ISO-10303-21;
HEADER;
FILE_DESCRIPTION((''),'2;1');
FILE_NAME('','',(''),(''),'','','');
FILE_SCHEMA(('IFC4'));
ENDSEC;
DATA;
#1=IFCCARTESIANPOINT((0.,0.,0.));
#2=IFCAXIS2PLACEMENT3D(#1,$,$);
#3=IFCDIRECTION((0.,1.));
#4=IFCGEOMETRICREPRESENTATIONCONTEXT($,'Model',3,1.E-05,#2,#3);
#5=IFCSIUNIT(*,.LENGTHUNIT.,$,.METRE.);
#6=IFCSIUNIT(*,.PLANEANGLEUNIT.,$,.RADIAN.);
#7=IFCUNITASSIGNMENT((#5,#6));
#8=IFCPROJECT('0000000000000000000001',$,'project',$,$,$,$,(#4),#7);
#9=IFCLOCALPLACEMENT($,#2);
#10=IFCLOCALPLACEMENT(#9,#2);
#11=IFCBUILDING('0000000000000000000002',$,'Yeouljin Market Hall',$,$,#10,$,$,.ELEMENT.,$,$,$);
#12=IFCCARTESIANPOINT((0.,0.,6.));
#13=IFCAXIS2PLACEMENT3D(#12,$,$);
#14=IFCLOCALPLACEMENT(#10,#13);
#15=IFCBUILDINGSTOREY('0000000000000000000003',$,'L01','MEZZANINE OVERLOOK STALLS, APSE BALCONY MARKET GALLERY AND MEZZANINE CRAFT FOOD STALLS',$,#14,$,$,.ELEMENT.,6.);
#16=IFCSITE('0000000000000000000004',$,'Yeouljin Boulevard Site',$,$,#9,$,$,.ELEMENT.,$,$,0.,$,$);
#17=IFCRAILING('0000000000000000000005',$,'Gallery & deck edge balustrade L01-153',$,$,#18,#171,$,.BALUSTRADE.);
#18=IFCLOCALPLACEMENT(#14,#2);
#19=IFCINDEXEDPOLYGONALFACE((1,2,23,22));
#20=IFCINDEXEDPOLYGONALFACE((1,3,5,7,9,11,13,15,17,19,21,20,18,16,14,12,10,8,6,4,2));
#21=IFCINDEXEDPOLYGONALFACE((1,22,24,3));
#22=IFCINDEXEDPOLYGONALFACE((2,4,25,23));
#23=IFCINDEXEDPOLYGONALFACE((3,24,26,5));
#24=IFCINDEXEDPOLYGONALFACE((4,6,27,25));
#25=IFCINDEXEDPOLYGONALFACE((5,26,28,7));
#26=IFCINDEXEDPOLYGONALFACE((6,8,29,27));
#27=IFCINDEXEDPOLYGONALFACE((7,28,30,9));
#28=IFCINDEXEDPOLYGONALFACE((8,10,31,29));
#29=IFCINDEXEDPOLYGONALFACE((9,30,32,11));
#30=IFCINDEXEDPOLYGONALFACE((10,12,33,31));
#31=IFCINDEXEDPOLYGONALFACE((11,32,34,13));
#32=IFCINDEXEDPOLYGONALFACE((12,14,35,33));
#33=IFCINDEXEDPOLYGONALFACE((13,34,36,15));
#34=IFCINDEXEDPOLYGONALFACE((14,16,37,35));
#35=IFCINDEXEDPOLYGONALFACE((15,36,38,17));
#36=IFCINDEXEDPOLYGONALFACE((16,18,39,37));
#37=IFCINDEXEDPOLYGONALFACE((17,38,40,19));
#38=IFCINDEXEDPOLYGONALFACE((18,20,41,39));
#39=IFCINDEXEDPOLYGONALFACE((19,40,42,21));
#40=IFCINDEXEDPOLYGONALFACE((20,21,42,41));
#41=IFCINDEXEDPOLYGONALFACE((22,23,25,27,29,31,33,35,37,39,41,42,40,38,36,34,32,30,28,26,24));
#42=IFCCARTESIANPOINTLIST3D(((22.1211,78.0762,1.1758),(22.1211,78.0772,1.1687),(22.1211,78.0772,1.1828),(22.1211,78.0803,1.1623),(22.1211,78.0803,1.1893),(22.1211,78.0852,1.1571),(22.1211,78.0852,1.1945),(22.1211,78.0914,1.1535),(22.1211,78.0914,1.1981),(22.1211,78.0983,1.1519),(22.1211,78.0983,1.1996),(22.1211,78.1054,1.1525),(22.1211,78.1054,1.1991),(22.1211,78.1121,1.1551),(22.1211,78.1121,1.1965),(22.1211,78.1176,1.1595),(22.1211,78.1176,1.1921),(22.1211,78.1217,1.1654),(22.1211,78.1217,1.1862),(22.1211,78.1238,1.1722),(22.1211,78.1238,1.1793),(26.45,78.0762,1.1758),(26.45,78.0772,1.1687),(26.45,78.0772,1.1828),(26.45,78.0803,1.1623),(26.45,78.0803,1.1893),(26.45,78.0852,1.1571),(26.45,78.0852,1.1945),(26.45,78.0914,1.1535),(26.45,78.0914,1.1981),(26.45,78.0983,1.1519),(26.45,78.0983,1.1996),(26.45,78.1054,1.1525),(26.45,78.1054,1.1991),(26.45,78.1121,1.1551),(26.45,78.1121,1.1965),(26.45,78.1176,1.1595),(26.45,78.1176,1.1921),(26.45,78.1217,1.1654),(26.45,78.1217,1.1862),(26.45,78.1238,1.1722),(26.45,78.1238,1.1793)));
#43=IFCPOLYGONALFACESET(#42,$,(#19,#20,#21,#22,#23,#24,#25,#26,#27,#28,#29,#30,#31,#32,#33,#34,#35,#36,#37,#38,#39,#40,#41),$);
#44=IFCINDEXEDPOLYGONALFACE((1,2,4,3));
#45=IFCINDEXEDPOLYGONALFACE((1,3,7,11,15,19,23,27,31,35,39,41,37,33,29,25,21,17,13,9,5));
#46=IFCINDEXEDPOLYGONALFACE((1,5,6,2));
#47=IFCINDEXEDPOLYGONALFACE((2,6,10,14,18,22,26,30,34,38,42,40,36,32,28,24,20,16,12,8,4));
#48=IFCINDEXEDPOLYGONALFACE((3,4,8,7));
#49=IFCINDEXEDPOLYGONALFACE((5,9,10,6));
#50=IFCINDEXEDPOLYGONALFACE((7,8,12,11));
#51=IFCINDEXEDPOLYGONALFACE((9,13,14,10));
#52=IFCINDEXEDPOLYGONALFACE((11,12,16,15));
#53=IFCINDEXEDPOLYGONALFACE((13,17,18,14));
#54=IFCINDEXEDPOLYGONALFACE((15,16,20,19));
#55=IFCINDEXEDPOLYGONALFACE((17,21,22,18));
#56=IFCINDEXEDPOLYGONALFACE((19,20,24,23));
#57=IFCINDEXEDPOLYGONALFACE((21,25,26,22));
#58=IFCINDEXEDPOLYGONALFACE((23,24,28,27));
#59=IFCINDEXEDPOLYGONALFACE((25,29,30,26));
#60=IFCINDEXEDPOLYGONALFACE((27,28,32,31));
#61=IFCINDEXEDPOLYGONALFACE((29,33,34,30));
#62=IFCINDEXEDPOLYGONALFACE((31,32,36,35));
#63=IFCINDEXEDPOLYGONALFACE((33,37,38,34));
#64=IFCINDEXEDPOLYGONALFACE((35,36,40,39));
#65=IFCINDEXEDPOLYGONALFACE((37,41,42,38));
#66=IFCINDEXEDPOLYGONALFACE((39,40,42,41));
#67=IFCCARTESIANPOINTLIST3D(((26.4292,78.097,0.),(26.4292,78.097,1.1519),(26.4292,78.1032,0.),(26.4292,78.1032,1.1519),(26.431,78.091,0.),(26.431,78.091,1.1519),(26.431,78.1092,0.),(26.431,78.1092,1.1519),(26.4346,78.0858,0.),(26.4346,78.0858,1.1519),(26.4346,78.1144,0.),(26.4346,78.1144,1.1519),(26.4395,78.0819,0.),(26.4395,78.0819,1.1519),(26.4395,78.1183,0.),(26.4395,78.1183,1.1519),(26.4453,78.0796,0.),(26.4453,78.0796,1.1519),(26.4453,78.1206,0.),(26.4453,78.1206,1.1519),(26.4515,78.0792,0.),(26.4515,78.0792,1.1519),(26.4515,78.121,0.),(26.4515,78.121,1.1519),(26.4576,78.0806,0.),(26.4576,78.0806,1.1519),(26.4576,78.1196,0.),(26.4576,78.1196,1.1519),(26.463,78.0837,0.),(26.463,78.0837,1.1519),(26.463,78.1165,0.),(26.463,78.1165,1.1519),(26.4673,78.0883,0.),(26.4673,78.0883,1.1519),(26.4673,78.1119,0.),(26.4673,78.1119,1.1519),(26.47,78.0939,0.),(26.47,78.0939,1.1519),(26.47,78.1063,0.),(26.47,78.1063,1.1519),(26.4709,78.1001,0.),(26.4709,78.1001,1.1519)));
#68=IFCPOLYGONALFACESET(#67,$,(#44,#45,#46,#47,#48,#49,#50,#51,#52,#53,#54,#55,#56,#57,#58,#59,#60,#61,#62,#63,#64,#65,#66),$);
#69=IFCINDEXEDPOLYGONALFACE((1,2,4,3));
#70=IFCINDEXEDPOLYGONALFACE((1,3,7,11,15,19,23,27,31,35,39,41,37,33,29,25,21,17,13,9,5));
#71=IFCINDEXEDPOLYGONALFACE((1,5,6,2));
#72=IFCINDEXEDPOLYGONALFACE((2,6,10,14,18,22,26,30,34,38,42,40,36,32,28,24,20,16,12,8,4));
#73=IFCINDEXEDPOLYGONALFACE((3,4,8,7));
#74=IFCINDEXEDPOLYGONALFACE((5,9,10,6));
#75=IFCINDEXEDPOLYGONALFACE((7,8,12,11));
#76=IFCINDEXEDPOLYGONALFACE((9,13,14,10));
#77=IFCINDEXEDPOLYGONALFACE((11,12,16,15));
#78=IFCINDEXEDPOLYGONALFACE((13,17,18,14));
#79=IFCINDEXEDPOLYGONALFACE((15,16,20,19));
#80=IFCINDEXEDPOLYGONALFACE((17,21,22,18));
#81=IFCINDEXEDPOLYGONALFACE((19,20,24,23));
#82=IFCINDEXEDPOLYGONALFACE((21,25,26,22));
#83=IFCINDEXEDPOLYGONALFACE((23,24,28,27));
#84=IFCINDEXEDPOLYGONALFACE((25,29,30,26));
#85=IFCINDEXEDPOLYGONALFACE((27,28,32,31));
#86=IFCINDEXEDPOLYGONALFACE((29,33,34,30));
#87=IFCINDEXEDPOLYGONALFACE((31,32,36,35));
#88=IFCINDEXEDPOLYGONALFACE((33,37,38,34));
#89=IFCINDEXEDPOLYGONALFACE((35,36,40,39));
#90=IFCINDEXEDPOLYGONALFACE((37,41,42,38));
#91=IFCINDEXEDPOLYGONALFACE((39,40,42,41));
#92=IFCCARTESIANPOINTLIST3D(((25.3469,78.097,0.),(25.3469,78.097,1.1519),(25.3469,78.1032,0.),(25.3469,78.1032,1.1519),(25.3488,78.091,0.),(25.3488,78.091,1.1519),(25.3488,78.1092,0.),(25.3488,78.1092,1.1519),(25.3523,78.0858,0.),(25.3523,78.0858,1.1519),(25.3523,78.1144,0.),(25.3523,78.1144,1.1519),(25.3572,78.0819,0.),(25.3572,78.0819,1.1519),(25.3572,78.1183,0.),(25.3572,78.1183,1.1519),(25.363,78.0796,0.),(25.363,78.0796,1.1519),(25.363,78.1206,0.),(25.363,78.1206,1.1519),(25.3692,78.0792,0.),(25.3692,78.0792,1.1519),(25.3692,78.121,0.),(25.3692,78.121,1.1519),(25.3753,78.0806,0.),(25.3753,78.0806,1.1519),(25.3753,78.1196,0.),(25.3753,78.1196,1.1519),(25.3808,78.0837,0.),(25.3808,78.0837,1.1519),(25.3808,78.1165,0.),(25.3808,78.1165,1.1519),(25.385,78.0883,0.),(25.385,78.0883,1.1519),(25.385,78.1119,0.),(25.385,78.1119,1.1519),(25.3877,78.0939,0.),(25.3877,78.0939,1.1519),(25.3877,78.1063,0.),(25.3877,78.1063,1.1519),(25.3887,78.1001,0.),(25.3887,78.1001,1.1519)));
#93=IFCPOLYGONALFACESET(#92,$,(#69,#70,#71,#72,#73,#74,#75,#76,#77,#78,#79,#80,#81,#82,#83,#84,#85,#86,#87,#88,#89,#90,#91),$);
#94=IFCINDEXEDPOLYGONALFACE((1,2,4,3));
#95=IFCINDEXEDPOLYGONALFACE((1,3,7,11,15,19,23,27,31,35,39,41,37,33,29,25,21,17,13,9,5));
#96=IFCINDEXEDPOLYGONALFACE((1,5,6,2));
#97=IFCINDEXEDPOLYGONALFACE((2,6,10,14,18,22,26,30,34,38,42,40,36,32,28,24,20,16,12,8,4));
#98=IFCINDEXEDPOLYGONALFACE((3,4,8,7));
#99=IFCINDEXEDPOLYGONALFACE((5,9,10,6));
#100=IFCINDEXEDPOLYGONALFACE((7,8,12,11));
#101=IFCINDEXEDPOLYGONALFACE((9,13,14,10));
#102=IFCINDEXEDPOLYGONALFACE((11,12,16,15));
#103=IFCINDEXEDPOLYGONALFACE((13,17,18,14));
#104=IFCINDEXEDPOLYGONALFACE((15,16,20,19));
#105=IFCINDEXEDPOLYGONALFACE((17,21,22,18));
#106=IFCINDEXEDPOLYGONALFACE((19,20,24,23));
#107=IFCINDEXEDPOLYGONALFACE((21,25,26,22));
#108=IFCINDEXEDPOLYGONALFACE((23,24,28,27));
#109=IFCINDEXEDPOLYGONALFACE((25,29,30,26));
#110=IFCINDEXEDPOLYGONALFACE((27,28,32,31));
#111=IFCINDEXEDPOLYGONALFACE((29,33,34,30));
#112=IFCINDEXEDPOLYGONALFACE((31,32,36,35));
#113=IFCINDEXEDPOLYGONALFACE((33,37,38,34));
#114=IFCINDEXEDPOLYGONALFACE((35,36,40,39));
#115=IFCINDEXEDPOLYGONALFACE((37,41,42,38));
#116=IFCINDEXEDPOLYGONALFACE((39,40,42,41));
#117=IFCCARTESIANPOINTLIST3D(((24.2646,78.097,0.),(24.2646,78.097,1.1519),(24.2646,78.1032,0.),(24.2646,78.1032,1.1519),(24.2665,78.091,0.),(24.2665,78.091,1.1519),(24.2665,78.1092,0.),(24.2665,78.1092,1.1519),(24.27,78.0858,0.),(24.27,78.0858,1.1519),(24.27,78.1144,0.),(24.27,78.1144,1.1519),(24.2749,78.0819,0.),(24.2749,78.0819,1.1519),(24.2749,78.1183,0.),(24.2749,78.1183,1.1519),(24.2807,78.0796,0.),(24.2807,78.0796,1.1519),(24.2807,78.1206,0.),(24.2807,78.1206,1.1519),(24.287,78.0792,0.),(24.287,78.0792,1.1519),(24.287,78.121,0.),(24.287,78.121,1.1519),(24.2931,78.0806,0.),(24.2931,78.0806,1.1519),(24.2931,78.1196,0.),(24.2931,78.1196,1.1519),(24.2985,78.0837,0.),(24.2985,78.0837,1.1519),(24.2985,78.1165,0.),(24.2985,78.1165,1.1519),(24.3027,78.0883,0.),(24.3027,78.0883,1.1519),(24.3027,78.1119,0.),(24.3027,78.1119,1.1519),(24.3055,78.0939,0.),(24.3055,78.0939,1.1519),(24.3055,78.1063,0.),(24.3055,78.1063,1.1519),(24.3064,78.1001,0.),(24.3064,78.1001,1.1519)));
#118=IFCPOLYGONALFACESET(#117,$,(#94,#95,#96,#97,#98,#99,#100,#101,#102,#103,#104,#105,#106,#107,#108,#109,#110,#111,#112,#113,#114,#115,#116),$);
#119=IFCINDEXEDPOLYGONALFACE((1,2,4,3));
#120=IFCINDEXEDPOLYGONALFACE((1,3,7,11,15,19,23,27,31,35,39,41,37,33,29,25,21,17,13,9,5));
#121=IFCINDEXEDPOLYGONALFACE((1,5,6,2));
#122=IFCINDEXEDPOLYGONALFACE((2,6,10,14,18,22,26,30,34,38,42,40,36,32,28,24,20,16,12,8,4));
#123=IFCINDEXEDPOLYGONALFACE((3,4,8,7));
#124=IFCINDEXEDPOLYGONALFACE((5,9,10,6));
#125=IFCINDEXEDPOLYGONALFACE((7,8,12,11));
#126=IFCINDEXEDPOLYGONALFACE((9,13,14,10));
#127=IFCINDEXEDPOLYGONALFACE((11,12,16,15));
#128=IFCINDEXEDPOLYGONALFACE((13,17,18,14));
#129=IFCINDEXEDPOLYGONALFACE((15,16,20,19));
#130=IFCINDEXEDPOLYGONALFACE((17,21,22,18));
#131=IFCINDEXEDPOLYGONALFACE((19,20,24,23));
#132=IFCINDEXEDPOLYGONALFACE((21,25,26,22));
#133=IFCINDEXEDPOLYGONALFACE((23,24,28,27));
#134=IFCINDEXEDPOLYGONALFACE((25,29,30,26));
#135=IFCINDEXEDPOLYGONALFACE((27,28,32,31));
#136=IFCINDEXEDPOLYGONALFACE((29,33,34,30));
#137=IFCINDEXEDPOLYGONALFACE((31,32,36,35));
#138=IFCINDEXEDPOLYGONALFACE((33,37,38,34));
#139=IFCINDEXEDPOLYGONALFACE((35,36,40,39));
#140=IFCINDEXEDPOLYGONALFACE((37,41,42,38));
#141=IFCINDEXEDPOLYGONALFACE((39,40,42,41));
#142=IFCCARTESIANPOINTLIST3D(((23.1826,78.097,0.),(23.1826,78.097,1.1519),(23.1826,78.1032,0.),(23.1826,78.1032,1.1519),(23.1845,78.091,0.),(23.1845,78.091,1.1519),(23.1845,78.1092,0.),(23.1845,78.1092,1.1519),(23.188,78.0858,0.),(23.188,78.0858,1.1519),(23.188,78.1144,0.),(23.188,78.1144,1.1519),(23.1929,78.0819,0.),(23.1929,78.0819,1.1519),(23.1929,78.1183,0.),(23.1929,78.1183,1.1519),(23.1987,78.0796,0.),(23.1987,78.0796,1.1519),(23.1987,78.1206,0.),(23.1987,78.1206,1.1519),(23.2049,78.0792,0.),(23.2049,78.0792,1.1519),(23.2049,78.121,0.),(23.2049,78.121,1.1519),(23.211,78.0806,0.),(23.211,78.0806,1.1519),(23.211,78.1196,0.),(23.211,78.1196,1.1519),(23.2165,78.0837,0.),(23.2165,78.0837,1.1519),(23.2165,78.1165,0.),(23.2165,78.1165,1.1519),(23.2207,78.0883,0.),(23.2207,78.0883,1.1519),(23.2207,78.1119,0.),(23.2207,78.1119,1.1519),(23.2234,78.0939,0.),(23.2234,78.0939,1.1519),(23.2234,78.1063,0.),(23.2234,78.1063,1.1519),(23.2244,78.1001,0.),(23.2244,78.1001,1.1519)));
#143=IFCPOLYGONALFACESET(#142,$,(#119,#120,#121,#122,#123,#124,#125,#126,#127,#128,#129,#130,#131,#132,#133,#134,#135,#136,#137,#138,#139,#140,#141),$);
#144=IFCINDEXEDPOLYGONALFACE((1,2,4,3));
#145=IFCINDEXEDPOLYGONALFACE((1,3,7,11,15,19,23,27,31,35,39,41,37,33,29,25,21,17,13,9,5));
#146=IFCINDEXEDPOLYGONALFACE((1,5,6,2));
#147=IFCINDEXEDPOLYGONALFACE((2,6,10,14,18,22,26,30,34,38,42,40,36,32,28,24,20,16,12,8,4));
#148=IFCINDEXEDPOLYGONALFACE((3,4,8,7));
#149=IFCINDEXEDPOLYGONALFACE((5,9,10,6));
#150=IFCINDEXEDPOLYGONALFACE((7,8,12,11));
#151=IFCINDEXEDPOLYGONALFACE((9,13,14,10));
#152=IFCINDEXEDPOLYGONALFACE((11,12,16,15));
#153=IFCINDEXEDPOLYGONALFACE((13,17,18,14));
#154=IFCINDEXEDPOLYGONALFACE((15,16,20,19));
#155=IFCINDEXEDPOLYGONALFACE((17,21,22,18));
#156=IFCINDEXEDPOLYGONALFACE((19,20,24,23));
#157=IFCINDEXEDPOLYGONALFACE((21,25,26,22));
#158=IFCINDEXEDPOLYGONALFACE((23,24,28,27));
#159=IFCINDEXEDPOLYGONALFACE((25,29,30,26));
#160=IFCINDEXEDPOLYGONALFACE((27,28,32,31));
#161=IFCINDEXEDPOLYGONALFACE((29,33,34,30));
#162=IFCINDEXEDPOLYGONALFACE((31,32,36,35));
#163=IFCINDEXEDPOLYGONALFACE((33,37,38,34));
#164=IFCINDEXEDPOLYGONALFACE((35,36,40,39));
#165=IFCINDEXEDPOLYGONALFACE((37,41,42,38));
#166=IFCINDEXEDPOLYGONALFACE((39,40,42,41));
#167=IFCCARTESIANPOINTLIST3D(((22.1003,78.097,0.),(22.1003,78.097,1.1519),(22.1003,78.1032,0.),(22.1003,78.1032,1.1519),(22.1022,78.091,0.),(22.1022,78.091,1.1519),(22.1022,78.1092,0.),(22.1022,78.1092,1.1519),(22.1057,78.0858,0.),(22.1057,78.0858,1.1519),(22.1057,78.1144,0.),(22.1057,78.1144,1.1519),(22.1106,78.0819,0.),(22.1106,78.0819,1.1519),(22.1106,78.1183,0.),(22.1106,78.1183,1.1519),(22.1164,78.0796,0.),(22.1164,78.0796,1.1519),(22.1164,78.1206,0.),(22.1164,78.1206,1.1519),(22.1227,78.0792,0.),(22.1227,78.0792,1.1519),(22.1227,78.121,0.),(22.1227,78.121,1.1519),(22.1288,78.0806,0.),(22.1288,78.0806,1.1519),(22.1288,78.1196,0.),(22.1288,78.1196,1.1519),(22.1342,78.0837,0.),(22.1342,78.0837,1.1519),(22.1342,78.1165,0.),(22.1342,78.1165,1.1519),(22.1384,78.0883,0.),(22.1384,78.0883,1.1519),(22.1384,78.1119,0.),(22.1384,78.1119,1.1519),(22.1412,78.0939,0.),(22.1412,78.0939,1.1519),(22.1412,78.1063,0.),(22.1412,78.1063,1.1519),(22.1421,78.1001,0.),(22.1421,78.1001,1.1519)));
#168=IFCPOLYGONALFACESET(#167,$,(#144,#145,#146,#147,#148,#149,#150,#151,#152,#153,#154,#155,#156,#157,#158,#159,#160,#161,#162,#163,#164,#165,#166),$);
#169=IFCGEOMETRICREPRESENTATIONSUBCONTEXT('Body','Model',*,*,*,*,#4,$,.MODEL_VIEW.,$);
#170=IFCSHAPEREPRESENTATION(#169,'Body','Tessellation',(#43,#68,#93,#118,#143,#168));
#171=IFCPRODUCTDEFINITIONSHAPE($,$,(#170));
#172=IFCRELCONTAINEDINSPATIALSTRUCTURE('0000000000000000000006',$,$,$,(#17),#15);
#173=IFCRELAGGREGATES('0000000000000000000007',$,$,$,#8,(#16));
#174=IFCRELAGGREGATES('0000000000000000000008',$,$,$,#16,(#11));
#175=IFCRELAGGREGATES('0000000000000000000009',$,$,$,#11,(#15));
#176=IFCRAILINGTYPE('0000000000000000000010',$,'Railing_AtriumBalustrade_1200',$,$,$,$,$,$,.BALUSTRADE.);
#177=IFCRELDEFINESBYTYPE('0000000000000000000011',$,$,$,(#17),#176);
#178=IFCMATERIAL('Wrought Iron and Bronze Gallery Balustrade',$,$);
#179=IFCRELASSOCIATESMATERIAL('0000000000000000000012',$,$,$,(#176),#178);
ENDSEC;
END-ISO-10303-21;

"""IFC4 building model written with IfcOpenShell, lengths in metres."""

from ifc_helpers import new_model, si_unit, direction, frame, origin, origin_2d, place, context, subcontext, project, spatial, circle, extrude, material, type_object, element, save


model = new_model("IFC4")

# Units and contexts
model_context = context("Model", 3, precision=1e-05, world=origin(), true_north=direction((0.0, 1.0)))
body_context = subcontext(model_context, "Body", "Model", "MODEL_VIEW")
ifc_project = project(units=[si_unit("LENGTHUNIT", "METRE"), si_unit("PLANEANGLEUNIT", "RADIAN")], contexts=[model_context])

# Site, building, storey
site_placement = place(None, origin())
site = spatial("IfcSite", under=ifc_project, at=site_placement, Name="Yeouljin Boulevard Site", CompositionType="ELEMENT", RefElevation=0.0)
building_placement = place(site_placement, origin())
building = spatial("IfcBuilding", under=site, at=building_placement, Name="Yeouljin Market Hall", CompositionType="ELEMENT")
storey_placement = place(building_placement, frame((0.0, 0.0, 6.0)))
storey = spatial("IfcBuildingStorey", under=building, at=storey_placement, Name="L01", Description="MEZZANINE OVERLOOK STALLS, APSE BALCONY MARKET GALLERY AND MEZZANINE CRAFT FOOD STALLS", CompositionType="ELEMENT", Elevation=6.0)

# Railing
ifc_material_1 = material(Name="Wrought Iron and Bronze Gallery Balustrade")
railing_type_1 = type_object("IfcRailingType", Name="Railing_AtriumBalustrade_1200", PredefinedType="BALUSTRADE", material=ifc_material_1)
railing_1_placement = place(storey_placement, frame((26.45, 78.1001, 0.0)))
element("IfcRailing", 1, at=railing_1_placement, inside=storey, type_object=railing_type_1, Name="Gallery & deck edge balustrade L01-153", PredefinedType="BALUSTRADE", context=body_context, shape_type="SweptSolid", body=[
    extrude(circle(Radius=0.0239, at=origin_2d()), frame((0.0, 0.0, 1.1758), z_axis=(-1.0, 0.0, 0.0), x_axis=(0.0, -1.0, 0.0)), (0.0, 0.0, 1.0), 4.3289),
    extrude(circle(Radius=0.021, at=origin_2d()), origin(), (0.0, 0.0, 1.0), 1.1519),
    extrude(circle(Radius=0.021, at=origin_2d()), frame((-1.0823, 0.0, 0.0)), (0.0, 0.0, 1.0), 1.1519),
    extrude(circle(Radius=0.021, at=origin_2d()), frame((-2.1646, 0.0, 0.0)), (0.0, 0.0, 1.0), 1.1519),
    extrude(circle(Radius=0.021, at=origin_2d()), frame((-3.2466, 0.0, 0.0)), (0.0, 0.0, 1.0), 1.1519),
    extrude(circle(Radius=0.021, at=origin_2d()), frame((-4.3289, 0.0, 0.0)), (0.0, 0.0, 1.0), 1.1519),
])

save(model, "model.ifc")
